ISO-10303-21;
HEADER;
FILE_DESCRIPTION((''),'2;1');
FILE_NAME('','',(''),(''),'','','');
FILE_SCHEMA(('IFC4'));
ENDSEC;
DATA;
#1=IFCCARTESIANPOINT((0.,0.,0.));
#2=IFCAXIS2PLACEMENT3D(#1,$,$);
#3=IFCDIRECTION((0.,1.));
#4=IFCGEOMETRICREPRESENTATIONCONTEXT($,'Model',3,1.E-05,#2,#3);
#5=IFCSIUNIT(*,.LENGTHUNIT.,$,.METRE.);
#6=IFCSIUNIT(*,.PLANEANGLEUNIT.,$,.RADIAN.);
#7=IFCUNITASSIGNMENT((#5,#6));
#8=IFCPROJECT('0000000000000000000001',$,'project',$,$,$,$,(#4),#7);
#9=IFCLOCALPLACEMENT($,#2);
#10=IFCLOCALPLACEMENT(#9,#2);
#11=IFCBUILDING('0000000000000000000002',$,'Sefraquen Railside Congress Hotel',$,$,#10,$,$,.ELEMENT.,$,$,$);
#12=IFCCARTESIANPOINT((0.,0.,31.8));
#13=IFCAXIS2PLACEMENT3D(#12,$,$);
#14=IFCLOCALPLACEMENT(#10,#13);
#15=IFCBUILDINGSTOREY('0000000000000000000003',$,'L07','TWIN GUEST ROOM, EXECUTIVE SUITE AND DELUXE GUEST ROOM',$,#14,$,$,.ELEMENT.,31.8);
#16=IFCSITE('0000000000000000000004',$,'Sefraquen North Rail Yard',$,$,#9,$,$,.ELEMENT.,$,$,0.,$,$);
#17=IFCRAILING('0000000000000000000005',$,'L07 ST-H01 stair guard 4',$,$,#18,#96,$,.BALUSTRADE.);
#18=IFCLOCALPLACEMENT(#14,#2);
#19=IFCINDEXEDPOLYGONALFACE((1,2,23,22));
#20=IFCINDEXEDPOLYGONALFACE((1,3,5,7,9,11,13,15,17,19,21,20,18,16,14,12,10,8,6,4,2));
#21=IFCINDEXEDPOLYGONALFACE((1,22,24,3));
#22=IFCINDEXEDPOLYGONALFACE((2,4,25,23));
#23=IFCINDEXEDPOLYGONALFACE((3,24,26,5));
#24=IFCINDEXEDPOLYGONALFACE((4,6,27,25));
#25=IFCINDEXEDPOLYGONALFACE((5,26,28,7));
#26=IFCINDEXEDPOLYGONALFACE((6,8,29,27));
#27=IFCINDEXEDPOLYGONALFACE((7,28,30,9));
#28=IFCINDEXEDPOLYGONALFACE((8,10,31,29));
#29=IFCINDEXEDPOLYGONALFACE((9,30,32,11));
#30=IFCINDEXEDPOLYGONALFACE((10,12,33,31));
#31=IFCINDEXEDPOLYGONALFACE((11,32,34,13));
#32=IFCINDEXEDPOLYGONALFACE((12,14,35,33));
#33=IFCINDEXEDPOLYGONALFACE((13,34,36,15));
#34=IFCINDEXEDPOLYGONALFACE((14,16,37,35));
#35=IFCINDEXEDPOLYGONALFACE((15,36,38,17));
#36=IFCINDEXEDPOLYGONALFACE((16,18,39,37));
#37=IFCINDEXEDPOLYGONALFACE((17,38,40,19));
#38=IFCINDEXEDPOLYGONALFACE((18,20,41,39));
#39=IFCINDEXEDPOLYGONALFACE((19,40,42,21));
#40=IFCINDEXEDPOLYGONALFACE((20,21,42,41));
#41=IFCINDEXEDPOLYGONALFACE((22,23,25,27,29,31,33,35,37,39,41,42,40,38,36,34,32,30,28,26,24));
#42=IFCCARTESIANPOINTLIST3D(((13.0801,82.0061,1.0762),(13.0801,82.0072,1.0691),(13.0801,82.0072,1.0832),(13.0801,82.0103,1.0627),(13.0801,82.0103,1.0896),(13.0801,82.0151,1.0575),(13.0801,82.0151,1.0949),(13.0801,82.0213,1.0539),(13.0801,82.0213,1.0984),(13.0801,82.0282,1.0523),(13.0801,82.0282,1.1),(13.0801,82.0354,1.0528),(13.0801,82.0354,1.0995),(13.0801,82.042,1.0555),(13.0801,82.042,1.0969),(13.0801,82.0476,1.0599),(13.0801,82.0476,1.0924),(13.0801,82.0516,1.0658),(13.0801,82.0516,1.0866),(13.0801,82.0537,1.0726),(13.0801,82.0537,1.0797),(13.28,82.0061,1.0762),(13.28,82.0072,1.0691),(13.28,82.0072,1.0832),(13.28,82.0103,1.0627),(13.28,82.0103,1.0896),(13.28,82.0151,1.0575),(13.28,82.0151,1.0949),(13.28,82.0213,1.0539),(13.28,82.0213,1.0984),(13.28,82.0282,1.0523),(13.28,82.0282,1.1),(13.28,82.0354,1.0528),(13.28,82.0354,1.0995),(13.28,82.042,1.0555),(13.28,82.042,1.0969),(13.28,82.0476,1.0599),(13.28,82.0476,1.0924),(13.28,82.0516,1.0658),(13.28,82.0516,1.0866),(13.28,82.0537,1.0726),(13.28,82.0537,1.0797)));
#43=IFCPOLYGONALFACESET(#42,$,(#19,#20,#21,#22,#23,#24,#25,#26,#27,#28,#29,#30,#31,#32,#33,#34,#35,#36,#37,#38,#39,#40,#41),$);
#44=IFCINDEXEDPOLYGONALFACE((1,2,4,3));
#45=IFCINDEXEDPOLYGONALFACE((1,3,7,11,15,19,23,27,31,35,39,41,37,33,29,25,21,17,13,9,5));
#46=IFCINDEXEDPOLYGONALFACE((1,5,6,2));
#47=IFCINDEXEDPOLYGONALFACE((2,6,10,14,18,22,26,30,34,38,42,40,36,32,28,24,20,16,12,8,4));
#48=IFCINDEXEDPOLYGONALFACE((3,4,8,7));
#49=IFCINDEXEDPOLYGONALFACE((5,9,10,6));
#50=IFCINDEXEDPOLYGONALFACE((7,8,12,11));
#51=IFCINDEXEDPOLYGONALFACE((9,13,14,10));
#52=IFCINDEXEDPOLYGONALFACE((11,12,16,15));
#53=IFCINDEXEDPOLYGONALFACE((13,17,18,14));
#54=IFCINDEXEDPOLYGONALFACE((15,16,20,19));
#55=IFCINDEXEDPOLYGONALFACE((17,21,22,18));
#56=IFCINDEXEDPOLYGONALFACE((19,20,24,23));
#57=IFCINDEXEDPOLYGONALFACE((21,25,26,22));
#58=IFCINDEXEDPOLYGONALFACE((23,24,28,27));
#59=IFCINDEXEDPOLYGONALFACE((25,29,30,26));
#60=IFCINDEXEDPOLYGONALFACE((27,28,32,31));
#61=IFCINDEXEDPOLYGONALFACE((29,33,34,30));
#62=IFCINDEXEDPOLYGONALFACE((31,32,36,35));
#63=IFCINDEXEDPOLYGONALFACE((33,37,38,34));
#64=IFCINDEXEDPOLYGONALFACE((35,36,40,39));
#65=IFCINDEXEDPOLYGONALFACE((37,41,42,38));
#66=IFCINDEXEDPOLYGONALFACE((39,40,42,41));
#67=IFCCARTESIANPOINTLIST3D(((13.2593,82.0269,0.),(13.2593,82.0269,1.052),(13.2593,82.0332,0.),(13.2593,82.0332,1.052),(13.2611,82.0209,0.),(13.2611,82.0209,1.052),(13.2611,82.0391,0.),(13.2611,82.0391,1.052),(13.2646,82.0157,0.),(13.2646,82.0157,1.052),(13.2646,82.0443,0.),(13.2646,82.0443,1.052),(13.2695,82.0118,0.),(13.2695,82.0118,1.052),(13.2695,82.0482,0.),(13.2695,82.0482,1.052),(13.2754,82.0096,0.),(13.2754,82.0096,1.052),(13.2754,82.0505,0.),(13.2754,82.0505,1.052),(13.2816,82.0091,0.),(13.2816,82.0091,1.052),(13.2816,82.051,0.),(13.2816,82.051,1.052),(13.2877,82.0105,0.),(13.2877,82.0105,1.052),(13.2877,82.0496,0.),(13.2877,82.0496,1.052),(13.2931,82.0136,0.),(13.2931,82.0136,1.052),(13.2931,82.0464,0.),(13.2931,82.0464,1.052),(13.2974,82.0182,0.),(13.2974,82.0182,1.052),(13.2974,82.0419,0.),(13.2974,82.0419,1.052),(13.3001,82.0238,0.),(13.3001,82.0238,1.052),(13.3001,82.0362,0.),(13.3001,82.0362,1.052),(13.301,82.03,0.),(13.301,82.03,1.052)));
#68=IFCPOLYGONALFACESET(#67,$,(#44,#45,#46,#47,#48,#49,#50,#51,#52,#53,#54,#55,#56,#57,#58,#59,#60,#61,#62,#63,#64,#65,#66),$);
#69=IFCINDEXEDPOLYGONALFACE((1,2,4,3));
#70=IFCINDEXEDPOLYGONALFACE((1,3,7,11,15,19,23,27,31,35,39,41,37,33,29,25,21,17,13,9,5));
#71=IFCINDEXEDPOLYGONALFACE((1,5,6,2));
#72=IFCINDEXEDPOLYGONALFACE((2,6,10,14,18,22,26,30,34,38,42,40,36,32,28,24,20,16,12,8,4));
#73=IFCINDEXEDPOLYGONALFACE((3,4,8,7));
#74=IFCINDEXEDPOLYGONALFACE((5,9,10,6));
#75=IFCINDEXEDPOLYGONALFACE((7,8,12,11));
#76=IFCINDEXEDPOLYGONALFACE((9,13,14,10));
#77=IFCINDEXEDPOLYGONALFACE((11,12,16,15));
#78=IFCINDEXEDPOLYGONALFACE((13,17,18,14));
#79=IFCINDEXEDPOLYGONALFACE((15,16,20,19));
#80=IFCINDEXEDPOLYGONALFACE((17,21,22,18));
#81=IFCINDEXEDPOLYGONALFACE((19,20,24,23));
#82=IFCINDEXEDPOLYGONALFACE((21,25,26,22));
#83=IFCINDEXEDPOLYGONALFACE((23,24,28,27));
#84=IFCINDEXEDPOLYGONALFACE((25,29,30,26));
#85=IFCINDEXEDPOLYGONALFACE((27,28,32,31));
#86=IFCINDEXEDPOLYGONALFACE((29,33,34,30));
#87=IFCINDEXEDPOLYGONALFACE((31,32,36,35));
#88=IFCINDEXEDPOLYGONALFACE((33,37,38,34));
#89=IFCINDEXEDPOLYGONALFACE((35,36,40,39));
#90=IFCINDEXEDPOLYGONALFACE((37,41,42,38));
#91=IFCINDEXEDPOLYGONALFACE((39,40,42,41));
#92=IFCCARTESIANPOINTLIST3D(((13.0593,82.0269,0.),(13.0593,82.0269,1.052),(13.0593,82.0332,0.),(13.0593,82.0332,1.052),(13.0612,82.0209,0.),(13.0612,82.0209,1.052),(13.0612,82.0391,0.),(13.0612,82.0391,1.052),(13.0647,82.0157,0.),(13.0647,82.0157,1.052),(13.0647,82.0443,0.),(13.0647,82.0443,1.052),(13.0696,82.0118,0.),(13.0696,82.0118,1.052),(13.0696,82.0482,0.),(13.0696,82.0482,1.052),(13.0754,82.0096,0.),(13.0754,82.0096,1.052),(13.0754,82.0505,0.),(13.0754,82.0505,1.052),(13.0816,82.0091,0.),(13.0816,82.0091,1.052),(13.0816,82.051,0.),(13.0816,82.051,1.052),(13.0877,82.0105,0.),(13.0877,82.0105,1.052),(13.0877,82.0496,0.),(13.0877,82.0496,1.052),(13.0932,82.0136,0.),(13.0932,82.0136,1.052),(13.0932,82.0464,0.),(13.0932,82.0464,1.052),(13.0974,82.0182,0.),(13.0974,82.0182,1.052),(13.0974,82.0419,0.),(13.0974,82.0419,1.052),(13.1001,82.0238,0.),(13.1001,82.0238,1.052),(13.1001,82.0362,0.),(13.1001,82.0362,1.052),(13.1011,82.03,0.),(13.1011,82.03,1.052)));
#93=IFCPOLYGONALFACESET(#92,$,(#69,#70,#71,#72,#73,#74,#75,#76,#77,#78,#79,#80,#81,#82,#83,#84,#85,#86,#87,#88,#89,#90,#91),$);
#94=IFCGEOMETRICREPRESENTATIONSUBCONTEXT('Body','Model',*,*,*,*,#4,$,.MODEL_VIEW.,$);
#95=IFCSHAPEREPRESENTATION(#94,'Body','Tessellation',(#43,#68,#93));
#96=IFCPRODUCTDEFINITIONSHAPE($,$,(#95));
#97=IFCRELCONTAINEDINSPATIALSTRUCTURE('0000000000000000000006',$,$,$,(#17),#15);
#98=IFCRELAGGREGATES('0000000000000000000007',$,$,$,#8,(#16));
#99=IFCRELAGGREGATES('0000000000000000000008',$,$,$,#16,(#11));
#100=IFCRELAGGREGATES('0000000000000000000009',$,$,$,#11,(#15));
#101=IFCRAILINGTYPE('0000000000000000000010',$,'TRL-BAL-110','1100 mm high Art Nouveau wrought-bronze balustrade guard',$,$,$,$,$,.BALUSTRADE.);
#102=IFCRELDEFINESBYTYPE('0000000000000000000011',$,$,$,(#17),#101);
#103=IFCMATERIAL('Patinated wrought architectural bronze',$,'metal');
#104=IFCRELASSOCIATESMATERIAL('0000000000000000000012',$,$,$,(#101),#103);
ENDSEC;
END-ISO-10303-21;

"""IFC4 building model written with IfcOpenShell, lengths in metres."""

from ifc_helpers import new_model, si_unit, direction, frame, origin, origin_2d, place, context, subcontext, project, spatial, circle, extrude, material, type_object, element, save


model = new_model("IFC4")

# Units and contexts
model_context = context("Model", 3, precision=1e-05, world=origin(), true_north=direction((0.0, 1.0)))
body_context = subcontext(model_context, "Body", "Model", "MODEL_VIEW")
ifc_project = project(units=[si_unit("LENGTHUNIT", "METRE"), si_unit("PLANEANGLEUNIT", "RADIAN")], contexts=[model_context])

# Site, building, storey
site_placement = place(None, origin())
site = spatial("IfcSite", under=ifc_project, at=site_placement, Name="Sefraquen North Rail Yard", CompositionType="ELEMENT", RefElevation=0.0)
building_placement = place(site_placement, origin())
building = spatial("IfcBuilding", under=site, at=building_placement, Name="Sefraquen Railside Congress Hotel", CompositionType="ELEMENT")
storey_placement = place(building_placement, frame((0.0, 0.0, 31.8)))
storey = spatial("IfcBuildingStorey", under=building, at=storey_placement, Name="L07", Description="TWIN GUEST ROOM, EXECUTIVE SUITE AND DELUXE GUEST ROOM", CompositionType="ELEMENT", Elevation=31.8)

# Railing
ifc_material_1 = material(Name="Patinated wrought architectural bronze", Category="metal")
railing_type_1 = type_object("IfcRailingType", Name="TRL-BAL-110", Description="1100 mm high Art Nouveau wrought-bronze balustrade guard", PredefinedType="BALUSTRADE", material=ifc_material_1)
railing_1_placement = place(storey_placement, frame((13.28, 82.03, 0.0)))
element("IfcRailing", 1, at=railing_1_placement, inside=storey, type_object=railing_type_1, Name="L07 ST-H01 stair guard 4", PredefinedType="BALUSTRADE", context=body_context, shape_type="SweptSolid", body=[
    extrude(circle(Radius=0.0239, at=origin_2d()), frame((0.0, 0.0, 1.0762), z_axis=(-1.0, 0.0, 0.0), x_axis=(0.0, -1.0, 0.0)), (0.0, 0.0, 1.0), 0.2),
    extrude(circle(Radius=0.021, at=origin_2d()), origin(), (0.0, 0.0, 1.0), 1.052),
    extrude(circle(Radius=0.021, at=origin_2d()), frame((-0.2, 0.0, 0.0)), (0.0, 0.0, 1.0), 1.052),
])

save(model, "model.ifc")
